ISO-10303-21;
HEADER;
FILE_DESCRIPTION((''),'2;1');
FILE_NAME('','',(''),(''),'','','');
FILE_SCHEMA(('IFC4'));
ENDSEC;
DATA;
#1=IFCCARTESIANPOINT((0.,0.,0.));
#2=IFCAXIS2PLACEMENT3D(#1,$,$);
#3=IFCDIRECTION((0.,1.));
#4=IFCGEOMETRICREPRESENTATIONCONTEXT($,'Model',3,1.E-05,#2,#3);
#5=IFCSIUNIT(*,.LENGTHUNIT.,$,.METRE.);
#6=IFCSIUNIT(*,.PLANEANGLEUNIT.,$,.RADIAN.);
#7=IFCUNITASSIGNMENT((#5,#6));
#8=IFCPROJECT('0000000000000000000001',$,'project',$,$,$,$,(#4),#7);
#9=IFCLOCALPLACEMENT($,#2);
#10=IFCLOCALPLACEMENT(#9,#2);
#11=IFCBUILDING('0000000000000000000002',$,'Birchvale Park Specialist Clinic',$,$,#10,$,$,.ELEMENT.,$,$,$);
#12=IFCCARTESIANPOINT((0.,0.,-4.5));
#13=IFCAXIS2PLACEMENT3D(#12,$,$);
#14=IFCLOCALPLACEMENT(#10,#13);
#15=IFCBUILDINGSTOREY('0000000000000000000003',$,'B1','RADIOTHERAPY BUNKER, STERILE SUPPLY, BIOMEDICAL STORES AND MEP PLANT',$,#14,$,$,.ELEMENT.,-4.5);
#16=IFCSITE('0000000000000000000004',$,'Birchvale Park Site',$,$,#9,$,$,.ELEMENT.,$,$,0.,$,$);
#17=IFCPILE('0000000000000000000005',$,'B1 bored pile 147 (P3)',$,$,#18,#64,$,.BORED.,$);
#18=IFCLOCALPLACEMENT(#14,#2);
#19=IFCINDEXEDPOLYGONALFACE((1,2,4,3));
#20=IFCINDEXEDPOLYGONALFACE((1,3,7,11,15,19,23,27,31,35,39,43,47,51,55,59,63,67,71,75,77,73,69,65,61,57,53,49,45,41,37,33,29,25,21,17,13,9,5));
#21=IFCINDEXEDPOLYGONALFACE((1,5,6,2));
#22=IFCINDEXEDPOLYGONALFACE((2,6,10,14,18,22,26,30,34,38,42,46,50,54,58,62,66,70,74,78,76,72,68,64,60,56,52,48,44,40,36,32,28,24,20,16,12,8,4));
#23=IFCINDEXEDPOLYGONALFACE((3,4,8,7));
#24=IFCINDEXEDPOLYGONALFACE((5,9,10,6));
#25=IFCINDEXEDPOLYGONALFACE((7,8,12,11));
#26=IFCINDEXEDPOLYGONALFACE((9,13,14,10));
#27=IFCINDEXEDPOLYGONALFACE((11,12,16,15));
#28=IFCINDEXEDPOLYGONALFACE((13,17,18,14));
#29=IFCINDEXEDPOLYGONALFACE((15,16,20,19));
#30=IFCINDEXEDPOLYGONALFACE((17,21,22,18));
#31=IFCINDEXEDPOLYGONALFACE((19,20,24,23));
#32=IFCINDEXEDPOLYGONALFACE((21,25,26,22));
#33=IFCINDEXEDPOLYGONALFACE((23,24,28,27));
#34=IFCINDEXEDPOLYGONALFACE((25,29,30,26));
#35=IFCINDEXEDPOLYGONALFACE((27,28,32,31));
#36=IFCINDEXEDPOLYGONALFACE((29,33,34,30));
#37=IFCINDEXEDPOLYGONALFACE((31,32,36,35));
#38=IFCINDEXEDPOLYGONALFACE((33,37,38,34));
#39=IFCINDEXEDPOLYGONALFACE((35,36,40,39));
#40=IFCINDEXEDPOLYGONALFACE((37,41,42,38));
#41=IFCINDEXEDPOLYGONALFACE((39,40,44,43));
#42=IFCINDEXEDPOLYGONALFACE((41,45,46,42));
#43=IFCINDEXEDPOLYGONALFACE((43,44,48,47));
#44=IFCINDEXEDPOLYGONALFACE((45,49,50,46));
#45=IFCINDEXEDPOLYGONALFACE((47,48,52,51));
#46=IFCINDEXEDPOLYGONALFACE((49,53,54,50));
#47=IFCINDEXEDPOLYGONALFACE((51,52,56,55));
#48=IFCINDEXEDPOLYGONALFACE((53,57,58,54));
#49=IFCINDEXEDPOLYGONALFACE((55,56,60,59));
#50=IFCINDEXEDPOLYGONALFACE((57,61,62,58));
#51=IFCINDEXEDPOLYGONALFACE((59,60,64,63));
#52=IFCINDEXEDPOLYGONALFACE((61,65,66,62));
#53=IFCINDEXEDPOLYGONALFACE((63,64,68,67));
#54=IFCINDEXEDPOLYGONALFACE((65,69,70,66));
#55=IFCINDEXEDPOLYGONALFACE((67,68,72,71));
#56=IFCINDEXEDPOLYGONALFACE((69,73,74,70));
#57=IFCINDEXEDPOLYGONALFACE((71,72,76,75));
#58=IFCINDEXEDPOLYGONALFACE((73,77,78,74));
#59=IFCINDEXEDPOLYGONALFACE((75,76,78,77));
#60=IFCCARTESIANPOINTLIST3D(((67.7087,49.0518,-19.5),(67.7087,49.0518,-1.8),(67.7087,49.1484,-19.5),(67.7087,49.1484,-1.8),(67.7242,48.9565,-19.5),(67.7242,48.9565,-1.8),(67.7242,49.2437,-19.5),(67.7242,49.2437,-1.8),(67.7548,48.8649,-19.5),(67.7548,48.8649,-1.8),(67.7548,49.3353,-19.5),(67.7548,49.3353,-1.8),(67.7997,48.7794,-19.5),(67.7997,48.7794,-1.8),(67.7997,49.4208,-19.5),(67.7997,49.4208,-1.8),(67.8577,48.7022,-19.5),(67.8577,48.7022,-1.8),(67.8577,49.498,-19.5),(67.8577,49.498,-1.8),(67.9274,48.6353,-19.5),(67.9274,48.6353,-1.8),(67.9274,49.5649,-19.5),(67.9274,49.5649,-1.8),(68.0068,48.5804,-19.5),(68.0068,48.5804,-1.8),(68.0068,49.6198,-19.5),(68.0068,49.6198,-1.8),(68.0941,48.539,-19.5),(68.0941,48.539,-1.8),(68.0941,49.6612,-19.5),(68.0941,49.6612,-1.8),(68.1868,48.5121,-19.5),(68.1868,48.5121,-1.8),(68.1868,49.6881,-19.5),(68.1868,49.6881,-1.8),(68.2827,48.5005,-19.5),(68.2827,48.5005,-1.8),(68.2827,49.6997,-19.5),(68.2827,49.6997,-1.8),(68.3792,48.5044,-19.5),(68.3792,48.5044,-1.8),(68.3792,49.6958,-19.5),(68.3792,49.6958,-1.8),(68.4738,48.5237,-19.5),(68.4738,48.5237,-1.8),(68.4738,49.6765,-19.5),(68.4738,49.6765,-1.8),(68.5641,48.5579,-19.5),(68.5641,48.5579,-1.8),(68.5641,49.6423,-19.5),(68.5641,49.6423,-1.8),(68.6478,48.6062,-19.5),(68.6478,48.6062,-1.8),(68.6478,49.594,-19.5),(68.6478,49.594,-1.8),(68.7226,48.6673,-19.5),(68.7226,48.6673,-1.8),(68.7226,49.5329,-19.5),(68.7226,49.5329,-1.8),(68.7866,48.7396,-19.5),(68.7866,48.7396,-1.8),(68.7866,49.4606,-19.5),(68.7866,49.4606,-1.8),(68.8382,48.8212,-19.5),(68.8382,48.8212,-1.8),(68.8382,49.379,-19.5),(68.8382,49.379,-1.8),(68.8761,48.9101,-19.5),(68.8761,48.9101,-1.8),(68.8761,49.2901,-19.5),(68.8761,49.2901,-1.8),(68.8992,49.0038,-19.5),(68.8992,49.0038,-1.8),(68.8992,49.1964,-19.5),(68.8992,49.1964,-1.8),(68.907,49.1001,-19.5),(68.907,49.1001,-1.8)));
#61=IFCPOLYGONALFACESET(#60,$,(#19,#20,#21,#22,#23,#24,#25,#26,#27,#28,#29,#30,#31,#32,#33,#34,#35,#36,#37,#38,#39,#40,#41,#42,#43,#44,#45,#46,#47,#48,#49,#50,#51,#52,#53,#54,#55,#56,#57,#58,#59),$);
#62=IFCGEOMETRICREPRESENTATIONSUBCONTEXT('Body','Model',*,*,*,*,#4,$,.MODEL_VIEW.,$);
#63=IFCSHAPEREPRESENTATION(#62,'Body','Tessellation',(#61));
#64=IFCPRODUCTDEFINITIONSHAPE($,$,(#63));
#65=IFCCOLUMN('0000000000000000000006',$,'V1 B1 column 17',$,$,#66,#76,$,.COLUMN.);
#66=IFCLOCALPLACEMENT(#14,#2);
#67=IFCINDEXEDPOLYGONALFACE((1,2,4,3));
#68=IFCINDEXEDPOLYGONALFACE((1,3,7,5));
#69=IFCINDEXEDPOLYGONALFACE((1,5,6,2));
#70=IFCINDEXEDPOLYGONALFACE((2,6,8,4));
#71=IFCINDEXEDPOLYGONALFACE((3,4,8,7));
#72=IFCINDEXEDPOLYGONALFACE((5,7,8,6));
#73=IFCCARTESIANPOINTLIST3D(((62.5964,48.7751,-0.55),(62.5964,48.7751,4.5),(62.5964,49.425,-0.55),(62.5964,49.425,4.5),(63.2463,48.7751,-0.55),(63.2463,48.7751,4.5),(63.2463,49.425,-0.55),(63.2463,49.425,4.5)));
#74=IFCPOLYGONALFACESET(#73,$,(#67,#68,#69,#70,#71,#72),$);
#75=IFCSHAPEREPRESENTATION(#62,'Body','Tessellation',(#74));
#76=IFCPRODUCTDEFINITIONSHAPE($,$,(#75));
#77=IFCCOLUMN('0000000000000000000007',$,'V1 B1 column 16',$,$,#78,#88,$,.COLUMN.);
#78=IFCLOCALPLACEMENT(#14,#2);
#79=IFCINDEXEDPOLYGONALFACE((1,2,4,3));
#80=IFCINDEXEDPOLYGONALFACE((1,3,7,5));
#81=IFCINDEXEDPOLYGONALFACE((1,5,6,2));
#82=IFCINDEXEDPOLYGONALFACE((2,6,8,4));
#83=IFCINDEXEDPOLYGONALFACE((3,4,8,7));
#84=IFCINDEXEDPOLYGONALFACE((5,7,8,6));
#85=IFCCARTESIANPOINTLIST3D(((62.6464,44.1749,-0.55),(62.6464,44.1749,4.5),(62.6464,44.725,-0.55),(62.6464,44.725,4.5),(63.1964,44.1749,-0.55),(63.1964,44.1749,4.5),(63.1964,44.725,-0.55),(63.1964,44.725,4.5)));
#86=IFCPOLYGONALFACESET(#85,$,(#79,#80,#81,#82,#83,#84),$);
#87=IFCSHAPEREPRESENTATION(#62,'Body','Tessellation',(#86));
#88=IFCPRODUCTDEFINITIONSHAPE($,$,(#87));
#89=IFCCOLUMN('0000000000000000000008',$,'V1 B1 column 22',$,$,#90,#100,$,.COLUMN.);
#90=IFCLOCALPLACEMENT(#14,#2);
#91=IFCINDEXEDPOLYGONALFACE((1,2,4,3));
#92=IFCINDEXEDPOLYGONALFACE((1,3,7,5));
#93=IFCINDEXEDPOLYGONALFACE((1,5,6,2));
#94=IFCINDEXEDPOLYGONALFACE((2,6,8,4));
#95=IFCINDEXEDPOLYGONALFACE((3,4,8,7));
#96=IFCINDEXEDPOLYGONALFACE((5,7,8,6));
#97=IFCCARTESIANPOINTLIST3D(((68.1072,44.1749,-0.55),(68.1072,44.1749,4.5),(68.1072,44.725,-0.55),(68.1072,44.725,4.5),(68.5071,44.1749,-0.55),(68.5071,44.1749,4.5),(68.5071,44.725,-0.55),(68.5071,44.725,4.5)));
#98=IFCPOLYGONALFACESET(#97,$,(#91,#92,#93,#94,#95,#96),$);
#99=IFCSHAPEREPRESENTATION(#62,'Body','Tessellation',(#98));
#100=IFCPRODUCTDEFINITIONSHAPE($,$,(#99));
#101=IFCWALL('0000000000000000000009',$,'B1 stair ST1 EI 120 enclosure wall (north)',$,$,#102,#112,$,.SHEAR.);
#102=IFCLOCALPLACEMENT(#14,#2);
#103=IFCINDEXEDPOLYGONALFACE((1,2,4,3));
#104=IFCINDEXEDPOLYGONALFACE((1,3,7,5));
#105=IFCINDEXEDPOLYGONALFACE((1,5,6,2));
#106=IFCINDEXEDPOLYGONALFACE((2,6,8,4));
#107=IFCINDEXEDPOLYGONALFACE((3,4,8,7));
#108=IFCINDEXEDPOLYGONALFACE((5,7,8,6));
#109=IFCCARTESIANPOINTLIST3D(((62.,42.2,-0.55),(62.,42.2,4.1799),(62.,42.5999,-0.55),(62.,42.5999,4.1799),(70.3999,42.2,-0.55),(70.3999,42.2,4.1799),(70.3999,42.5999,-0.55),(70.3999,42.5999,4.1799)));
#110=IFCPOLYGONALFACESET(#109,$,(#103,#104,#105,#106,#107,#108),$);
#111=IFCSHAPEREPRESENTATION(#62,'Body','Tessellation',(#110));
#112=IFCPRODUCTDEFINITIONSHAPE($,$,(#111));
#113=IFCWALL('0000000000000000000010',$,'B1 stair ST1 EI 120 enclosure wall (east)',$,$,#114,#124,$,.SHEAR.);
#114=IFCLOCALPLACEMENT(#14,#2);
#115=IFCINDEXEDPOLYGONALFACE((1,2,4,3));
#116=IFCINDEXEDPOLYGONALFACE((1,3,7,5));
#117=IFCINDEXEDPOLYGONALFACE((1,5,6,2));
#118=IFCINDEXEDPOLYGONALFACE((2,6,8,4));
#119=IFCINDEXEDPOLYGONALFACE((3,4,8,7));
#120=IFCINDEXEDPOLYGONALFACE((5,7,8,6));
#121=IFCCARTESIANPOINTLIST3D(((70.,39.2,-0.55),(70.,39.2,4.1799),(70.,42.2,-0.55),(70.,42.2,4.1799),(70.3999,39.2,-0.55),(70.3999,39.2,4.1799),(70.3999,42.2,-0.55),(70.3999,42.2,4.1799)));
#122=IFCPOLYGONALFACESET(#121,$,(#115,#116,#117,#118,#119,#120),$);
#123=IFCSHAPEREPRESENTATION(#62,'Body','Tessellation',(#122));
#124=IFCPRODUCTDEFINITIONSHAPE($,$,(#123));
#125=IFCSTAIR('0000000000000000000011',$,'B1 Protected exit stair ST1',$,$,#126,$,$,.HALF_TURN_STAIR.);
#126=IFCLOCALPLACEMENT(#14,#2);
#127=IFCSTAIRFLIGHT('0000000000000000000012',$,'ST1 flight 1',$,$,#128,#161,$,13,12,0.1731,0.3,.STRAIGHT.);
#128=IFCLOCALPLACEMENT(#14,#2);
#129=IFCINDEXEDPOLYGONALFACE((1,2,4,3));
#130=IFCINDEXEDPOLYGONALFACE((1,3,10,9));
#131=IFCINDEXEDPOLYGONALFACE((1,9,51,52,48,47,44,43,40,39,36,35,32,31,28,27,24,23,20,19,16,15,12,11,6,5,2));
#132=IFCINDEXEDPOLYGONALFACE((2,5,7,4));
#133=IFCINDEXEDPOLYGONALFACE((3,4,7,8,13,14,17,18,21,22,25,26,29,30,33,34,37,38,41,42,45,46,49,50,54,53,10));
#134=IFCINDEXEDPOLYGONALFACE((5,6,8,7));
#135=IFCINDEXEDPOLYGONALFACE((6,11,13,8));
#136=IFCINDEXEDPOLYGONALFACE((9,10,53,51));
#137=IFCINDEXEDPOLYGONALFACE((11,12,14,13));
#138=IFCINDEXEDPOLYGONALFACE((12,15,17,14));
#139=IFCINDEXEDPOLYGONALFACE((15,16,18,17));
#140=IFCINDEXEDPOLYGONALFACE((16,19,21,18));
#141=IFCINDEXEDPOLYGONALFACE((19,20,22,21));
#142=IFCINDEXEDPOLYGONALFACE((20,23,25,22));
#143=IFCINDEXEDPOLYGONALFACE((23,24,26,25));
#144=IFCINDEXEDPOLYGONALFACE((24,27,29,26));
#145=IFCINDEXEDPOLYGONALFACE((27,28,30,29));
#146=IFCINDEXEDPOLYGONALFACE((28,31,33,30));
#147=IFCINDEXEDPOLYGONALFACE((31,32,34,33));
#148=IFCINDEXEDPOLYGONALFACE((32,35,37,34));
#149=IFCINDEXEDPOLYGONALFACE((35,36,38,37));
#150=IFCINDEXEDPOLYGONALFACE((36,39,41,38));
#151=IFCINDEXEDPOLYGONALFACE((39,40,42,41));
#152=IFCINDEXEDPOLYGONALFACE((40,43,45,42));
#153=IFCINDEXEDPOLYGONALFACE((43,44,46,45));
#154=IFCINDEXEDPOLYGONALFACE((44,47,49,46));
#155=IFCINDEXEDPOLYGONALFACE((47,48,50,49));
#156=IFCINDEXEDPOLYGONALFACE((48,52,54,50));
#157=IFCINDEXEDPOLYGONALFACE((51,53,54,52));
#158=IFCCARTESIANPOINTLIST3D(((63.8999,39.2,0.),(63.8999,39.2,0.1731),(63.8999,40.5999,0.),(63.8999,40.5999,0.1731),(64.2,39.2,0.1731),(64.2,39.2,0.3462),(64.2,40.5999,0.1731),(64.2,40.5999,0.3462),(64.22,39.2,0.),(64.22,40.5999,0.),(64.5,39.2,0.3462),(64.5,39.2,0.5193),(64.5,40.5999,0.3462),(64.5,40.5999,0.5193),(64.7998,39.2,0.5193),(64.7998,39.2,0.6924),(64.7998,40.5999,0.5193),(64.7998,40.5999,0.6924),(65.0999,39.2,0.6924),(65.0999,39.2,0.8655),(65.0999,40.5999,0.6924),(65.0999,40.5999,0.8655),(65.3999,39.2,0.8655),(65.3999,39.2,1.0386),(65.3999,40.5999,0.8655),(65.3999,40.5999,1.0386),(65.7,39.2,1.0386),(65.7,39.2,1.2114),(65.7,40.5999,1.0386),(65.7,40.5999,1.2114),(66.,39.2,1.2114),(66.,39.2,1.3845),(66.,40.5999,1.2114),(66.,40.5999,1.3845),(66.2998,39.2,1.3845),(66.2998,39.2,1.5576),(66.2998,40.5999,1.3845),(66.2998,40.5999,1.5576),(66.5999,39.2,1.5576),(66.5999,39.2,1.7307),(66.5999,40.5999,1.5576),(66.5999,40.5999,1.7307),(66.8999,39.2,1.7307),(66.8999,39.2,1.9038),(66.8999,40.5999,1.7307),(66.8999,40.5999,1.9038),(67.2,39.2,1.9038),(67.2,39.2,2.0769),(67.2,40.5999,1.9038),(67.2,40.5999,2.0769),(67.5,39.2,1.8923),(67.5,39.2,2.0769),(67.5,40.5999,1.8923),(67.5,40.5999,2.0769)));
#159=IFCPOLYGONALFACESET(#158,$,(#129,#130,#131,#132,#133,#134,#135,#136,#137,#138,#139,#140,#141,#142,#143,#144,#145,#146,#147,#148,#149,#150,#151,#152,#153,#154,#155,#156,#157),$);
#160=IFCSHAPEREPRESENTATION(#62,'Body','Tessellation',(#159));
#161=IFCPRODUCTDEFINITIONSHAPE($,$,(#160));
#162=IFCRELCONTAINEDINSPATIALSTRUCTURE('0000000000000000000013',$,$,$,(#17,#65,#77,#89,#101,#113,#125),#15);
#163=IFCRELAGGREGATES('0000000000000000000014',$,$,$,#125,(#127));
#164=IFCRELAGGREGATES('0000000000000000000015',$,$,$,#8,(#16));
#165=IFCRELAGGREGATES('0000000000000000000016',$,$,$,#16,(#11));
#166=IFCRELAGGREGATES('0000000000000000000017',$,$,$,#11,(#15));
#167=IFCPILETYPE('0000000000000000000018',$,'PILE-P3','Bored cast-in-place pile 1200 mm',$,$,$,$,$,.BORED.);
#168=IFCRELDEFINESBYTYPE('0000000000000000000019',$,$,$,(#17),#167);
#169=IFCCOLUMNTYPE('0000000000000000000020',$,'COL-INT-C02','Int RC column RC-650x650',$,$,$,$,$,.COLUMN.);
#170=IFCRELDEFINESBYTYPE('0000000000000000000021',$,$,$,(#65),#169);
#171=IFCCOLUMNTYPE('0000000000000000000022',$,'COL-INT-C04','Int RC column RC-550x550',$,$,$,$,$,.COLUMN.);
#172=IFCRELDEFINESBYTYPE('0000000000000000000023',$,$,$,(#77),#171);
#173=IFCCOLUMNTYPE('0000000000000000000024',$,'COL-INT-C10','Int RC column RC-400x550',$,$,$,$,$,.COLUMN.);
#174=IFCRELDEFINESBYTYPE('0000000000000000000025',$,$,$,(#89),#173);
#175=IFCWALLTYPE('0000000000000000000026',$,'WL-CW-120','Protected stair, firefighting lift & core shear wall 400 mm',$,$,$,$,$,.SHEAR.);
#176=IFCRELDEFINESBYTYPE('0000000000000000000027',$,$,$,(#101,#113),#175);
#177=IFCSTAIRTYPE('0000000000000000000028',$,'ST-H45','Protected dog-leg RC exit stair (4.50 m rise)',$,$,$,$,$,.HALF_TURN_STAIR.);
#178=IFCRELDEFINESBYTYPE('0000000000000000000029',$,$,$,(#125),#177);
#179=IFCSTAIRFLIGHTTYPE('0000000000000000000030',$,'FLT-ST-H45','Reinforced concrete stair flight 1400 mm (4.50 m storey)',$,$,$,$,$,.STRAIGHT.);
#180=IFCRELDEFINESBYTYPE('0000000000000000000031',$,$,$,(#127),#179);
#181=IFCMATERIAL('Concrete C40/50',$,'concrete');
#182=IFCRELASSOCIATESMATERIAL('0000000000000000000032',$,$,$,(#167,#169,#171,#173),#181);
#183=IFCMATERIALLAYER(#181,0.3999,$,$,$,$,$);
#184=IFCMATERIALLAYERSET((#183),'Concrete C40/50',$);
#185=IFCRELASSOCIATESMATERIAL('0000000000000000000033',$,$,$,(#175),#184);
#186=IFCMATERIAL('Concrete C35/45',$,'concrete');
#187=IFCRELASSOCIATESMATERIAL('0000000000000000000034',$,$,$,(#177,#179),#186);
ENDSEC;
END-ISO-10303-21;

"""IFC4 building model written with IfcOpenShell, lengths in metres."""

from ifc_helpers import new_model, si_unit, direction, frame, frame_2d, origin, origin_2d, place, context, subcontext, project, spatial, polyline, rectangle, circle, outline, extrude, material, layer, layer_set, material_profile, profile_set, type_object, element, aggregate, save


model = new_model("IFC4")

# Units and contexts
model_context = context("Model", 3, precision=1e-05, world=origin(), true_north=direction((0.0, 1.0)))
body_context = subcontext(model_context, "Body", "Model", "MODEL_VIEW")
ifc_project = project(units=[si_unit("LENGTHUNIT", "METRE"), si_unit("PLANEANGLEUNIT", "RADIAN")], contexts=[model_context])

# Site, building, storey
site_placement = place(None, origin())
site = spatial("IfcSite", under=ifc_project, at=site_placement, Name="Birchvale Park Site", CompositionType="ELEMENT", RefElevation=0.0)
building_placement = place(site_placement, origin())
building = spatial("IfcBuilding", under=site, at=building_placement, Name="Birchvale Park Specialist Clinic", CompositionType="ELEMENT")
storey_placement = place(building_placement, frame((0.0, 0.0, -4.5)))
storey = spatial("IfcBuildingStorey", under=building, at=storey_placement, Name="B1", Description="RADIOTHERAPY BUNKER, STERILE SUPPLY, BIOMEDICAL STORES AND MEP PLANT", CompositionType="ELEMENT", Elevation=-4.5)

# Shared definitions
ifc_material_1 = material(Name="Concrete C40/50", Category="concrete")

# Pile
ifc_material_profile_1 = material_profile(ifc_material_1, circle(Radius=0.6001, at=origin_2d()), Name="PILE-1200")
ifc_profile_set_1 = profile_set([ifc_material_profile_1], Name="Concrete C40/50")
pile_type_1 = type_object("IfcPileType", Name="PILE-P3", Description="Bored cast-in-place pile 1200 mm", PredefinedType="BORED", material=ifc_profile_set_1)
pile_1_placement = place(storey_placement, frame((68.3069, 49.1001, -1.8), z_axis=(0.0, 0.0, -1.0), x_axis=(1.0, 0.0, 0.0)))
element("IfcPile", 1, at=pile_1_placement, inside=storey, type_object=pile_type_1, Name="B1 bored pile 147 (P3)", PredefinedType="BORED", context=body_context, shape_type="SweptSolid", body=[
    extrude(circle(Radius=0.6001, at=origin_2d()), origin(), (0.0, 0.0, 1.0), 17.7),
])

# Columns
ifc_material_profile_2 = material_profile(ifc_material_1, rectangle(XDim=0.6499, YDim=0.6499, at=origin_2d()), Name="RC-650x650")
ifc_profile_set_2 = profile_set([ifc_material_profile_2], Name="Concrete C40/50")
column_type_1 = type_object("IfcColumnType", Name="COL-INT-C02", Description="Int RC column RC-650x650", PredefinedType="COLUMN", material=ifc_profile_set_2)
column_1_placement = place(storey_placement, frame((62.9214, 49.1001, -0.55), z_axis=(0.0, 0.0, 1.0), x_axis=(1.0, 0.0, 0.0)))
element("IfcColumn", 2, at=column_1_placement, inside=storey, type_object=column_type_1, Name="V1 B1 column 17", PredefinedType="COLUMN", context=body_context, shape_type="SweptSolid", body=[
    extrude(rectangle(XDim=0.6499, YDim=0.6499, at=origin_2d()), origin(), (0.0, 0.0, 1.0), 5.05),
])
ifc_material_profile_3 = material_profile(ifc_material_1, rectangle(XDim=0.55, YDim=0.55, at=origin_2d()), Name="RC-550x550")
ifc_profile_set_3 = profile_set([ifc_material_profile_3], Name="Concrete C40/50")
column_type_2 = type_object("IfcColumnType", Name="COL-INT-C04", Description="Int RC column RC-550x550", PredefinedType="COLUMN", material=ifc_profile_set_3)
column_2_placement = place(storey_placement, frame((62.9214, 44.45, -0.55), z_axis=(0.0, 0.0, 1.0), x_axis=(1.0, 0.0, 0.0)))
element("IfcColumn", 3, at=column_2_placement, inside=storey, type_object=column_type_2, Name="V1 B1 column 16", PredefinedType="COLUMN", context=body_context, shape_type="SweptSolid", body=[
    extrude(rectangle(XDim=0.55, YDim=0.55, at=origin_2d()), origin(), (0.0, 0.0, 1.0), 5.05),
])
ifc_material_profile_4 = material_profile(ifc_material_1, rectangle(XDim=0.3999, YDim=0.55, at=origin_2d()), Name="RC-400x550")
ifc_profile_set_4 = profile_set([ifc_material_profile_4], Name="Concrete C40/50")
column_type_3 = type_object("IfcColumnType", Name="COL-INT-C10", Description="Int RC column RC-400x550", PredefinedType="COLUMN", material=ifc_profile_set_4)
column_3_placement = place(storey_placement, frame((68.3071, 44.45, -0.55), z_axis=(0.0, 0.0, 1.0), x_axis=(1.0, 0.0, 0.0)))
element("IfcColumn", 4, at=column_3_placement, inside=storey, type_object=column_type_3, Name="V1 B1 column 22", PredefinedType="COLUMN", context=body_context, shape_type="SweptSolid", body=[
    extrude(rectangle(XDim=0.3999, YDim=0.55, at=origin_2d()), origin(), (0.0, 0.0, 1.0), 5.05),
])

# Walls
ifc_layer = layer(ifc_material_1, 0.3999)
ifc_layer_set = layer_set([ifc_layer], Name="Concrete C40/50")
wall_type = type_object("IfcWallType", Name="WL-CW-120", Description="Protected stair, firefighting lift & core shear wall 400 mm", PredefinedType="SHEAR", material=ifc_layer_set)
wall_1_placement = place(storey_placement, frame((70.3999, 42.3999, -0.55), z_axis=(0.0, 0.0, 1.0), x_axis=(-1.0, 0.0, 0.0)))
element("IfcWall", 5, at=wall_1_placement, inside=storey, type_object=wall_type, Name="B1 stair ST1 EI 120 enclosure wall (north)", PredefinedType="SHEAR", context=body_context, shape_type="SweptSolid", body=[
    extrude(rectangle(XDim=8.3999, YDim=0.3999, at=frame_2d((4.2, 0.0))), origin(), (0.0, 0.0, 1.0), 4.73),
])
wall_2_placement = place(storey_placement, frame((70.2, 42.2, -0.55), z_axis=(0.0, 0.0, 1.0), x_axis=(0.0, -1.0, 0.0)))
element("IfcWall", 6, at=wall_2_placement, inside=storey, type_object=wall_type, Name="B1 stair ST1 EI 120 enclosure wall (east)", PredefinedType="SHEAR", context=body_context, shape_type="SweptSolid", body=[
    extrude(rectangle(XDim=3.0, YDim=0.3999, at=frame_2d((1.5, 0.0))), origin(), (0.0, 0.0, 1.0), 4.73),
])

# Stair, stair flight
ifc_material_2 = material(Name="Concrete C35/45", Category="concrete")
stair_type = type_object("IfcStairType", Name="ST-H45", Description="Protected dog-leg RC exit stair (4.50 m rise)", PredefinedType="HALF_TURN_STAIR", material=ifc_material_2)
stair_placement = place(storey_placement, origin())
stair = element("IfcStair", 7, at=stair_placement, inside=storey, type_object=stair_type, Name="B1 Protected exit stair ST1", PredefinedType="HALF_TURN_STAIR")
stair_flight_type = type_object("IfcStairFlightType", Name="FLT-ST-H45", Description="Reinforced concrete stair flight 1400 mm (4.50 m storey)", PredefinedType="STRAIGHT", material=ifc_material_2)
stair_flight_1_placement = place(storey_placement, frame((63.8999, 39.8999, 0.0), z_axis=(0.0, 0.0, 1.0), x_axis=(1.0, 0.0, 0.0)))
stair_flight_1 = element("IfcStairFlight", 8, at=stair_flight_1_placement, type_object=stair_flight_type, Name="ST1 flight 1", NumberOfRisers=13, NumberOfTreads=12, PredefinedType="STRAIGHT", RiserHeight=0.1731, TreadLength=0.3, context=body_context, shape_type="SweptSolid", body=[
    extrude(outline(polyline([(0.0, 0.0), (0.0, 0.1731), (0.3, 0.1731), (0.3, 0.3462), (0.6001, 0.3462), (0.6001, 0.5193), (0.8999, 0.5193), (0.8999, 0.6924), (1.2, 0.6924), (1.2, 0.8655), (1.5, 0.8655), (1.5, 1.0386), (1.8, 1.0386), (1.8, 1.2114), (2.1001, 1.2114), (2.1001, 1.3845), (2.3999, 1.3845), (2.3999, 1.5576), (2.7, 1.5576), (2.7, 1.7307), (3.0, 1.7307), (3.0, 1.9038), (3.3, 1.9038), (3.3, 2.0769), (3.6001, 2.0769), (3.6001, 2.25), (3.6001, 1.8923), (0.3201, 0.0), (0.0, 0.0)])), frame((0.0, 0.7, 0.0), z_axis=(0.0, -1.0, 0.0), x_axis=(1.0, 0.0, 0.0)), (0.0, 0.0, 1.0), 1.3999),
])
aggregate(stair, [stair_flight_1])

save(model, "model.ifc")
